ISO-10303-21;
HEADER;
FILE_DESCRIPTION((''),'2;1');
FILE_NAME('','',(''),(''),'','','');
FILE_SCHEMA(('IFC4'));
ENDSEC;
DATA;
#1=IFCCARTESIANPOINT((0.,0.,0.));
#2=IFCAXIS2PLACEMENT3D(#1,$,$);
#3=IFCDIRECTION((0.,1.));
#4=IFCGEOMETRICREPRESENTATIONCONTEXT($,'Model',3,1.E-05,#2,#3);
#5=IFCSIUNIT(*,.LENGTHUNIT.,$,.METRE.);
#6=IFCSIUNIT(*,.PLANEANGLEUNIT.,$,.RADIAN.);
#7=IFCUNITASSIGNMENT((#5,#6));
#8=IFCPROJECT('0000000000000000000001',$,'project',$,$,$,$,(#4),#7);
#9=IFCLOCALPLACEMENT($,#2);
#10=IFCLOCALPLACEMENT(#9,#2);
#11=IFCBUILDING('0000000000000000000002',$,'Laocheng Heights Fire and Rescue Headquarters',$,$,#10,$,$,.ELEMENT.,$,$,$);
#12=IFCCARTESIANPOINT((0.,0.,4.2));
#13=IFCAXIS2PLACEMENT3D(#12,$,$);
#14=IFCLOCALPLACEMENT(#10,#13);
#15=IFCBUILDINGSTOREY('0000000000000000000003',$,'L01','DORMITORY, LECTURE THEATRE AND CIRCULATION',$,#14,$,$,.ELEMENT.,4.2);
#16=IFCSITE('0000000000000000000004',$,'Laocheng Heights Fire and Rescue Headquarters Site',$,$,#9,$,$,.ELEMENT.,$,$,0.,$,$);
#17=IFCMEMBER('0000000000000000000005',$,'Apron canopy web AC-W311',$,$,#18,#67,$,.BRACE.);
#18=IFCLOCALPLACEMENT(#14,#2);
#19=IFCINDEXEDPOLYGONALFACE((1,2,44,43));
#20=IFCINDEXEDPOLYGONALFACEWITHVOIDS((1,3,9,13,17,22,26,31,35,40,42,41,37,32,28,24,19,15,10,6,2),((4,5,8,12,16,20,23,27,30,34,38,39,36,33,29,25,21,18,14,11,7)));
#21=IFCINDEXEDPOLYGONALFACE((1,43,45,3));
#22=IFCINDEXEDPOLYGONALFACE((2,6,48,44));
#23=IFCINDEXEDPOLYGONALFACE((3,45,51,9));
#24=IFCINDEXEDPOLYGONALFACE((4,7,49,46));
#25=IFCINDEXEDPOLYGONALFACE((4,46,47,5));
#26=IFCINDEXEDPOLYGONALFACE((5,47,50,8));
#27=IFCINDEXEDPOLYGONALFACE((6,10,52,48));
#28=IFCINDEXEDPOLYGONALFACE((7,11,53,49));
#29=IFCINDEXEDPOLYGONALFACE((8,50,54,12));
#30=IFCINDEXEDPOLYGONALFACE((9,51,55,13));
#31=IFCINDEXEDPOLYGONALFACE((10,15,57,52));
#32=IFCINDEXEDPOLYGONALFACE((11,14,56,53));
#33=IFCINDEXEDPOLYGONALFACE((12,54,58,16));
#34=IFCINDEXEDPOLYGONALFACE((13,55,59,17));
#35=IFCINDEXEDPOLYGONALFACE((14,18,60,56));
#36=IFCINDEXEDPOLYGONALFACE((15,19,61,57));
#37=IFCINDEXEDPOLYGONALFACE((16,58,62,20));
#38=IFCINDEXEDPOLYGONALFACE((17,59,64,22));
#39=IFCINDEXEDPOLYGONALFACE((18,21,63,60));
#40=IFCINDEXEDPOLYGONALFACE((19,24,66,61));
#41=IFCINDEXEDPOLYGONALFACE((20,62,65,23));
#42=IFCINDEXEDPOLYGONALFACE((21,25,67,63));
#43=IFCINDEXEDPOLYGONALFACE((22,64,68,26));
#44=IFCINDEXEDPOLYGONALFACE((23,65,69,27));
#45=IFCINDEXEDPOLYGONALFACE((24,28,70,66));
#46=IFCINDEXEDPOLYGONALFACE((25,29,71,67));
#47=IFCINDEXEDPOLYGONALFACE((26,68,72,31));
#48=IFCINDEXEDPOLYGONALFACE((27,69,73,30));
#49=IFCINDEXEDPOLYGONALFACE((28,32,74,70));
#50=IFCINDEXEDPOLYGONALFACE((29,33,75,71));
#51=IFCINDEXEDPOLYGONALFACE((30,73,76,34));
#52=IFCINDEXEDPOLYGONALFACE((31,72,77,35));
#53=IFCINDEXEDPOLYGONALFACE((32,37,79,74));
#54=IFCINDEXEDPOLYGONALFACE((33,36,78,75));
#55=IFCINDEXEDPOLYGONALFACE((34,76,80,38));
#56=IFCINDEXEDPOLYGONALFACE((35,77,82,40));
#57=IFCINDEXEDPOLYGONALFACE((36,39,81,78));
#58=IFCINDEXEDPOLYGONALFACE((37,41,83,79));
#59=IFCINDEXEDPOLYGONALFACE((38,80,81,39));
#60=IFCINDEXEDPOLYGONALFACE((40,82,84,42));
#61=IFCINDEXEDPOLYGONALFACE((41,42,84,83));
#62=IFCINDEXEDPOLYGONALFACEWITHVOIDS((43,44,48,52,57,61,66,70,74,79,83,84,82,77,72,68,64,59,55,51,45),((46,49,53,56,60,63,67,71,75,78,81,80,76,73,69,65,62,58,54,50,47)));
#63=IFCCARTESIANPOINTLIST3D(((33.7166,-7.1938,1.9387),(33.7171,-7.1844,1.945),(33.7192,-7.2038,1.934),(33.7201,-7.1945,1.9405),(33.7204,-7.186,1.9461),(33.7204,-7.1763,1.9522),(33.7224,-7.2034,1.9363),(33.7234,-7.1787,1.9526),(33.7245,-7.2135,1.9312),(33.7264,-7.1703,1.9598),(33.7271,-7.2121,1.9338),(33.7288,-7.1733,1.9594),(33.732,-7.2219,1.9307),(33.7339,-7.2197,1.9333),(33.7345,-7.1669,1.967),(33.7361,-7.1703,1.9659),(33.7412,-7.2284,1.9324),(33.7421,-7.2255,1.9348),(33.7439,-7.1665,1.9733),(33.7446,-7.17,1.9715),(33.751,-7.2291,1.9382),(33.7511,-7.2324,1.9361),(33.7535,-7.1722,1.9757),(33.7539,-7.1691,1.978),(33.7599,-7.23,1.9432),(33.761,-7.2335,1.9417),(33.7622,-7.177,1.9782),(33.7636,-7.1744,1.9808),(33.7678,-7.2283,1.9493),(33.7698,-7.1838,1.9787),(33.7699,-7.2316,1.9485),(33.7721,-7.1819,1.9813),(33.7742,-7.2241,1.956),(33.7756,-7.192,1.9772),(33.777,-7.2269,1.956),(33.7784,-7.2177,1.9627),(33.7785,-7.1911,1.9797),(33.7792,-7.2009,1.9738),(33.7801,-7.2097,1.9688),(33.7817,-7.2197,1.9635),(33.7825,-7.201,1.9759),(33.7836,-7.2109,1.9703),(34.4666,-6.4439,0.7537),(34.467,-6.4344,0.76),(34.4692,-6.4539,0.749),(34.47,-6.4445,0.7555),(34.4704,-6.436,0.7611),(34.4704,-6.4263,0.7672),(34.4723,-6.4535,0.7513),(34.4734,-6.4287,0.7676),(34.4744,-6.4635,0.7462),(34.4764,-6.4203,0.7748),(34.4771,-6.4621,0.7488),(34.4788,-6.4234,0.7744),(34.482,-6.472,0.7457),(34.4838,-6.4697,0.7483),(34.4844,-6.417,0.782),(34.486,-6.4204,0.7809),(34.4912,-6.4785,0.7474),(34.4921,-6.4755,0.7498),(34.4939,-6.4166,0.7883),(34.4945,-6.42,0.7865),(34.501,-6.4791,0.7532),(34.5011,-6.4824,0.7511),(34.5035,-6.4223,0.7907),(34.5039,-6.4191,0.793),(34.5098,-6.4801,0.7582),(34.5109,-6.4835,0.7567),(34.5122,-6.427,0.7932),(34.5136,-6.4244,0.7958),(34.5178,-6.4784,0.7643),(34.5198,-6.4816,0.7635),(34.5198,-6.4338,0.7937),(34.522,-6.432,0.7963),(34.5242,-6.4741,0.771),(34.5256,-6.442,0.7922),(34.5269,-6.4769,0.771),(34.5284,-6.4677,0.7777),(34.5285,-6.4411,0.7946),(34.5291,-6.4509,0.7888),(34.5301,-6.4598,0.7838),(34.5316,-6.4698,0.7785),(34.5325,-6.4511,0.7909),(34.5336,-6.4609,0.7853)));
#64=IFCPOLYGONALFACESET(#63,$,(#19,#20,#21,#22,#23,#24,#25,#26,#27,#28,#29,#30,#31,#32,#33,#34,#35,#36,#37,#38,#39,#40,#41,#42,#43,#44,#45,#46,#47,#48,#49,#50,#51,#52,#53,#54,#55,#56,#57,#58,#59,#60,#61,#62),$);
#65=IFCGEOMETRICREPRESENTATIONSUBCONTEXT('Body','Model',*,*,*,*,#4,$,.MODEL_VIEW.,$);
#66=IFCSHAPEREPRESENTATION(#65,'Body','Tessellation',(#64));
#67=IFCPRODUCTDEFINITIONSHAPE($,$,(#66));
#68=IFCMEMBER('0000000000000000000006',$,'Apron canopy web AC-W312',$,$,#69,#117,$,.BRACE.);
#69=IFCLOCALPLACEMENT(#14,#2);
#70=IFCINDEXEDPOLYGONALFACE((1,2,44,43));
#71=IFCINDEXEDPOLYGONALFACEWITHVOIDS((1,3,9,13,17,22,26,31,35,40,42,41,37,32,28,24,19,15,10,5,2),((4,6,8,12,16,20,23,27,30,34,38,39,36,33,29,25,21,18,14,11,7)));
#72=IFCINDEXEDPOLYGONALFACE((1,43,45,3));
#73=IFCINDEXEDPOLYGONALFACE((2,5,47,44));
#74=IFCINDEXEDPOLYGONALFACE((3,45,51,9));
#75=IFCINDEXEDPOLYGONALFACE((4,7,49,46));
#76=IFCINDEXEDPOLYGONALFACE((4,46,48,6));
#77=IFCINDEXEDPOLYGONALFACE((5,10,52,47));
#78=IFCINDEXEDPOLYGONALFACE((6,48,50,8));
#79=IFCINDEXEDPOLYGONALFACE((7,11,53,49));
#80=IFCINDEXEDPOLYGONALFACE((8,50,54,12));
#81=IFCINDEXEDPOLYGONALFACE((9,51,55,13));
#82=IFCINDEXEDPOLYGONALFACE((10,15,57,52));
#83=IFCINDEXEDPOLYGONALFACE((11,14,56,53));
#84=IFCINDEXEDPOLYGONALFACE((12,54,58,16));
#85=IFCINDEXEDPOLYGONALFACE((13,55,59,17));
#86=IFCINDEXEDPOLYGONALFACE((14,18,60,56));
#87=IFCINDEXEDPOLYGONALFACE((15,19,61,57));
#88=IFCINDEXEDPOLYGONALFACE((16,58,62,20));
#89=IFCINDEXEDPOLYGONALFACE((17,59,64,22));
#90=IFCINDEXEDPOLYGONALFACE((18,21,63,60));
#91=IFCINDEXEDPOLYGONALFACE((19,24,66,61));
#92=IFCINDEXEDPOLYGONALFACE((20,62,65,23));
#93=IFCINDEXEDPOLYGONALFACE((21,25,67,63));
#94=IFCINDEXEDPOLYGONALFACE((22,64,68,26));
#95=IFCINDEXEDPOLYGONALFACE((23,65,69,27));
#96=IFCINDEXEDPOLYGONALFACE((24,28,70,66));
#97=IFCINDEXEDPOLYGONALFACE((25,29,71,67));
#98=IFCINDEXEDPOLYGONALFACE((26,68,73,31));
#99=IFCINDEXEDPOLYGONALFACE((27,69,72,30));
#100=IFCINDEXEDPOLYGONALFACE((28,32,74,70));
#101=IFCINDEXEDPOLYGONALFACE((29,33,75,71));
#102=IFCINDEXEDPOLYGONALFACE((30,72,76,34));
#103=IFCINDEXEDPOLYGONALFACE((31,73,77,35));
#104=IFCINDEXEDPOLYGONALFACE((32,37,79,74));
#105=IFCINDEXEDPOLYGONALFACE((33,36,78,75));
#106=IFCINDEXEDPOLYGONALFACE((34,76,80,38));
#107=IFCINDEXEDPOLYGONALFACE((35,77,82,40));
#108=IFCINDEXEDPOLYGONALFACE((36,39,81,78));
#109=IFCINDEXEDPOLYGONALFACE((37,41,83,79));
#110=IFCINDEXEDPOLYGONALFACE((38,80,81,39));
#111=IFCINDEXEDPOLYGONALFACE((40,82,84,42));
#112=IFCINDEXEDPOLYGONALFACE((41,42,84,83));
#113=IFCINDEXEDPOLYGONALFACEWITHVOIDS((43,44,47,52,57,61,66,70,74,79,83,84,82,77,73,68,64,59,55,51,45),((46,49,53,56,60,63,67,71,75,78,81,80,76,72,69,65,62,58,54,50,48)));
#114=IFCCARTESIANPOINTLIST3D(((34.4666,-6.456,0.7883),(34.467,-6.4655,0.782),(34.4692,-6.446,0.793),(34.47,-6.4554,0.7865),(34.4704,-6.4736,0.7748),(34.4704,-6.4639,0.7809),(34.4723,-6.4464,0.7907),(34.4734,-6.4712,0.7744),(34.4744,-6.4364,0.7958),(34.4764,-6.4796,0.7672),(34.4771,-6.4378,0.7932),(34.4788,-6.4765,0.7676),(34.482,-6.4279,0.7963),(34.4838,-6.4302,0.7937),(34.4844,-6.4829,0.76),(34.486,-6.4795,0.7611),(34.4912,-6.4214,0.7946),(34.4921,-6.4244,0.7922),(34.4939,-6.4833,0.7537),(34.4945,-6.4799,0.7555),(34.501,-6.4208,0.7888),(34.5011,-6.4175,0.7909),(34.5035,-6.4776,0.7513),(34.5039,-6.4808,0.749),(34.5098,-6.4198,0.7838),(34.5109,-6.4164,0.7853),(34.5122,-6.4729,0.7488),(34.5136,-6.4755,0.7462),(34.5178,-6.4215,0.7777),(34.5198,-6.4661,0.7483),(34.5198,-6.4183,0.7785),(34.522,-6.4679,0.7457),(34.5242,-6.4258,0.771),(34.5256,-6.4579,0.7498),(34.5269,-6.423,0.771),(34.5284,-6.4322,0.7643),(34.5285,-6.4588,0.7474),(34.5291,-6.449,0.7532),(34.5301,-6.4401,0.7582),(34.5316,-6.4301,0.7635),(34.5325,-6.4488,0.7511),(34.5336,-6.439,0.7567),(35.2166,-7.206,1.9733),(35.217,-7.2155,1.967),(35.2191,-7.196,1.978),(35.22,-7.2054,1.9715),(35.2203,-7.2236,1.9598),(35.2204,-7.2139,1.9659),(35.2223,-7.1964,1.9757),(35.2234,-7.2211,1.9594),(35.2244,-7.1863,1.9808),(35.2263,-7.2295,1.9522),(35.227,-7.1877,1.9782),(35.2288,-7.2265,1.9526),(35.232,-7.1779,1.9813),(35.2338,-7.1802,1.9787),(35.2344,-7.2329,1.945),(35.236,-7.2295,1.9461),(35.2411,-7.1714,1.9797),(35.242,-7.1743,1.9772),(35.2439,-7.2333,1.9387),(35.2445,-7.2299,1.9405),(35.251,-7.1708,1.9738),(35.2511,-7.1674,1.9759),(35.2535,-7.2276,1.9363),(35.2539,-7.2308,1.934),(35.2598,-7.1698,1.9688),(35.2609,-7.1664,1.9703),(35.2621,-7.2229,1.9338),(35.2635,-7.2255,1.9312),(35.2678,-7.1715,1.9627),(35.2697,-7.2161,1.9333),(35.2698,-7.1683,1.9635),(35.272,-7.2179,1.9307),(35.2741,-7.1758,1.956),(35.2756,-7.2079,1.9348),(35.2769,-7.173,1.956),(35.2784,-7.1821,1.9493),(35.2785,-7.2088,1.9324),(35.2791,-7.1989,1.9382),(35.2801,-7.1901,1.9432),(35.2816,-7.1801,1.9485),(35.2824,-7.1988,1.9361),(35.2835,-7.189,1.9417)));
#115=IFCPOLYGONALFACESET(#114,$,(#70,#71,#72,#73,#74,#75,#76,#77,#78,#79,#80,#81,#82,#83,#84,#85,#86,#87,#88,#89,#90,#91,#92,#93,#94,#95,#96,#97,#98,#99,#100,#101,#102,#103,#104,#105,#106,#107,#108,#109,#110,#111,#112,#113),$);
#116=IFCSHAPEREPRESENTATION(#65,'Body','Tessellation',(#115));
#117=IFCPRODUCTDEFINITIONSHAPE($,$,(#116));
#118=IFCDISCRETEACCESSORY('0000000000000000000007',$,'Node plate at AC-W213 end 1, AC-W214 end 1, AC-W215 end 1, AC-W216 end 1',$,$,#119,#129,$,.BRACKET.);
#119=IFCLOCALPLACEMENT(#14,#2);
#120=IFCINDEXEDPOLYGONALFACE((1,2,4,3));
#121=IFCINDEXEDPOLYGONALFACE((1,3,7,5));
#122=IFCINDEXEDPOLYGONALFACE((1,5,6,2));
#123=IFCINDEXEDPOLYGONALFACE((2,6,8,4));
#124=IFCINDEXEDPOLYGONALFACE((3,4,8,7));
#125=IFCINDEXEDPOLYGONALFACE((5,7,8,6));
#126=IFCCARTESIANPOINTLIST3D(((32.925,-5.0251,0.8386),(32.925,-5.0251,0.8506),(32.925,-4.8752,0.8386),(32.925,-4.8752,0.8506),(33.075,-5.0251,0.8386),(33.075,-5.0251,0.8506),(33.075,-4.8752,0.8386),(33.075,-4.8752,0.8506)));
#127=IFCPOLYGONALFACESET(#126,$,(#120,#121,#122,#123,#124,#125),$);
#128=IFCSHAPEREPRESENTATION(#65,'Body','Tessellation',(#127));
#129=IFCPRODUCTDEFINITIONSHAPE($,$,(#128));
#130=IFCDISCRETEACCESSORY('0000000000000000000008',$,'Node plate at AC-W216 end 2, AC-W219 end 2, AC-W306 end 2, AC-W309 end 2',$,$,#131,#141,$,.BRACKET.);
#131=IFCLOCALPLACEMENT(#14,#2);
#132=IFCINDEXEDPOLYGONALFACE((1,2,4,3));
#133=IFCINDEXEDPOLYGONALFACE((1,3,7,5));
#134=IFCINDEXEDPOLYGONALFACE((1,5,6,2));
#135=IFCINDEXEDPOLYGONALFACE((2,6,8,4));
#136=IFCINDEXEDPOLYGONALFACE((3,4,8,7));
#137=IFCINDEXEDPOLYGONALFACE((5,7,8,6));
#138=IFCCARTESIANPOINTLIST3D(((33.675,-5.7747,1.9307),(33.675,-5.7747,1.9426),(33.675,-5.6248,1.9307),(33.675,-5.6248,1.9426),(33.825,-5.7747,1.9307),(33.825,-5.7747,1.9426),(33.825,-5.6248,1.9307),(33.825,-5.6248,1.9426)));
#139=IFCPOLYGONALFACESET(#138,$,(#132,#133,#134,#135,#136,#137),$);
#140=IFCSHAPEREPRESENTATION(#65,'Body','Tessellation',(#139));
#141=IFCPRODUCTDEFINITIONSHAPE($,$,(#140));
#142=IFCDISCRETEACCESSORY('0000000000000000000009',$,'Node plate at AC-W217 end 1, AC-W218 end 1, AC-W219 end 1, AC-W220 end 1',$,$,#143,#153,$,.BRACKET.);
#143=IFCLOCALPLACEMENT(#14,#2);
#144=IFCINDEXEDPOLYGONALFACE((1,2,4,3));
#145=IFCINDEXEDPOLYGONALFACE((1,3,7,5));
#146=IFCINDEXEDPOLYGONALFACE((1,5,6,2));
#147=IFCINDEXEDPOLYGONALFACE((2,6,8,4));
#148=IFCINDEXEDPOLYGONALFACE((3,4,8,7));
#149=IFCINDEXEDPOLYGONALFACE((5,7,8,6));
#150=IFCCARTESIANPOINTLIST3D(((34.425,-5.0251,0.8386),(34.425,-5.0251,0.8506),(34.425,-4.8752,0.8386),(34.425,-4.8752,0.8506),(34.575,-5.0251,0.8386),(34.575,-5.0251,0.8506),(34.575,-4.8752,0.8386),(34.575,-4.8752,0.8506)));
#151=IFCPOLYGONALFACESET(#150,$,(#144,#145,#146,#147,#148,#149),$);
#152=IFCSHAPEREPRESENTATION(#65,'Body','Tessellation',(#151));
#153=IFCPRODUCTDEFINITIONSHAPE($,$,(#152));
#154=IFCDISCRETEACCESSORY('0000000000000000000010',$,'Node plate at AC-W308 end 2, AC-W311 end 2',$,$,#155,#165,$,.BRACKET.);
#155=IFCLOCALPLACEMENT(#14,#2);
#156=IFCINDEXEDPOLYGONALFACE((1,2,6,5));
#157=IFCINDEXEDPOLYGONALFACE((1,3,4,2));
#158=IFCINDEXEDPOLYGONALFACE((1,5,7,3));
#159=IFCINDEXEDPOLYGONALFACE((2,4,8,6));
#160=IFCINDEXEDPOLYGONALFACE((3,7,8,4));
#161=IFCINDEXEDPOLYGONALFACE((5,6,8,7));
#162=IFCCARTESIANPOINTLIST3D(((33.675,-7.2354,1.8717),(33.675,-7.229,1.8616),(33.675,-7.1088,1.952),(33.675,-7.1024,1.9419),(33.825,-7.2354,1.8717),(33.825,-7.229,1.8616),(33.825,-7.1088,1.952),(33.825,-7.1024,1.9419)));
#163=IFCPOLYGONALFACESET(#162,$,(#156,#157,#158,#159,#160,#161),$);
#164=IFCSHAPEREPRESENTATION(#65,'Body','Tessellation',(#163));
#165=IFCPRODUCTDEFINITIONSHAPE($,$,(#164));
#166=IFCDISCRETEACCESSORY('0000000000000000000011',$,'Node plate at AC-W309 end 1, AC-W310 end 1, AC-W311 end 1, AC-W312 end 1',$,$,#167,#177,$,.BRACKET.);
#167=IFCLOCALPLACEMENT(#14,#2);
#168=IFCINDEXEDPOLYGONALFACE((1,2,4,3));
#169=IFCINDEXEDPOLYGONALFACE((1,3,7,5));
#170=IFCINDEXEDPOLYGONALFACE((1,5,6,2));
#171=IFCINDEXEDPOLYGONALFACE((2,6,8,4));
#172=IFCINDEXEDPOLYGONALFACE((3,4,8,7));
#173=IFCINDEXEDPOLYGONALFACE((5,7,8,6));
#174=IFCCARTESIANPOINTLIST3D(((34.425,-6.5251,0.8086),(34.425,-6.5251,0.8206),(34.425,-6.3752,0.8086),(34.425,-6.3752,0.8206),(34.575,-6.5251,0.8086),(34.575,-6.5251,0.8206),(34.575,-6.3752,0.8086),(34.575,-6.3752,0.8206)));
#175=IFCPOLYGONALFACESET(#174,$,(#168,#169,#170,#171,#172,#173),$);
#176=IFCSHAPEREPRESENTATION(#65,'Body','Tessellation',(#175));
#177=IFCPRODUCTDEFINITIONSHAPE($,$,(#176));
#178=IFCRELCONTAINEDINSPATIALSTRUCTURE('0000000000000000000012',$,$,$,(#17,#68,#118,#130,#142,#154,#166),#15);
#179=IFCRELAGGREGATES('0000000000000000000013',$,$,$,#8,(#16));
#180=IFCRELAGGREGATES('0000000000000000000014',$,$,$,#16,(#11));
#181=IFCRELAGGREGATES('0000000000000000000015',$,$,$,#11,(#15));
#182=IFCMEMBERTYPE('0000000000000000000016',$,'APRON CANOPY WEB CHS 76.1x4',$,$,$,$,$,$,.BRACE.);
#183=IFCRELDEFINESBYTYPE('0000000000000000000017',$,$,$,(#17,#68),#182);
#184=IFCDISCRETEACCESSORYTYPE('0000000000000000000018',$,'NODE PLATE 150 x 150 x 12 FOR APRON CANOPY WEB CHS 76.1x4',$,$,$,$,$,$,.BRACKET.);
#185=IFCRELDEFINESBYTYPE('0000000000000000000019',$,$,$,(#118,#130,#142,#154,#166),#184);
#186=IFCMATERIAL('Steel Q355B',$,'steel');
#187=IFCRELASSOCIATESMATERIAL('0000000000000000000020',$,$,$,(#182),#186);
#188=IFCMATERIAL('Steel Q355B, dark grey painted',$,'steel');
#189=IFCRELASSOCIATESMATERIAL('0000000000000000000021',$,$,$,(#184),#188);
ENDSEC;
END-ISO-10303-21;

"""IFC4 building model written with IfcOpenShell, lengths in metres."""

from ifc_helpers import new_model, si_unit, direction, frame, origin, origin_2d, place, context, subcontext, project, spatial, rectangle, hollow_circle, extrude, material, material_profile, profile_set, type_object, element, save


model = new_model("IFC4")

# Units and contexts
model_context = context("Model", 3, precision=1e-05, world=origin(), true_north=direction((0.0, 1.0)))
body_context = subcontext(model_context, "Body", "Model", "MODEL_VIEW")
ifc_project = project(units=[si_unit("LENGTHUNIT", "METRE"), si_unit("PLANEANGLEUNIT", "RADIAN")], contexts=[model_context])

# Site, building, storey
site_placement = place(None, origin())
site = spatial("IfcSite", under=ifc_project, at=site_placement, Name="Laocheng Heights Fire and Rescue Headquarters Site", CompositionType="ELEMENT", RefElevation=0.0)
building_placement = place(site_placement, origin())
building = spatial("IfcBuilding", under=site, at=building_placement, Name="Laocheng Heights Fire and Rescue Headquarters", CompositionType="ELEMENT")
storey_placement = place(building_placement, frame((0.0, 0.0, 4.2)))
storey = spatial("IfcBuildingStorey", under=building, at=storey_placement, Name="L01", Description="DORMITORY, LECTURE THEATRE AND CIRCULATION", CompositionType="ELEMENT", Elevation=4.2)

# Members
ifc_material_1 = material(Name="Steel Q355B", Category="steel")
ifc_material_profile_1 = material_profile(ifc_material_1, hollow_circle(Radius=0.0381, WallThickness=0.0039, at=origin_2d()), Name="CHS 76.1x4")
ifc_profile_set_1 = profile_set([ifc_material_profile_1], Name="Steel Q355B")
member_type_1 = type_object("IfcMemberType", Name="APRON CANOPY WEB CHS 76.1x4", PredefinedType="BRACE", material=ifc_profile_set_1)
for number, where, z_axis, x_axis, name in (
    (1, (34.5, -6.45, 0.771), (-0.47158, -0.47158, 0.745134), (0.707107, -0.707107, 0.0), "Apron canopy web AC-W311"),
    (2, (34.5, -6.45, 0.771), (0.47158, -0.47158, 0.745134), (0.707107, 0.707107, 0.0), "Apron canopy web AC-W312"),
):
    element("IfcMember", number, at=place(storey_placement, frame(where, z_axis=z_axis, x_axis=x_axis)), inside=storey, type_object=member_type_1, Name=name, PredefinedType="BRACE", context=body_context, shape_type="SweptSolid", body=[
        extrude(hollow_circle(Radius=0.0381, WallThickness=0.0039, at=origin_2d()), origin(), (0.0, 0.0, 1.0), 1.5903),
    ])

# Discrete accessories
ifc_material_2 = material(Name="Steel Q355B, dark grey painted", Category="steel")
ifc_material_profile_2 = material_profile(ifc_material_2, rectangle(XDim=0.1499, YDim=0.1499, at=origin_2d()), Name="NODE PLATE 150 x 150 x 12 FOR APRON CANOPY WEB CHS 76.1x4")
ifc_profile_set_2 = profile_set([ifc_material_profile_2], Name="Steel Q355B, dark grey painted")
discrete_accessory_type = type_object("IfcDiscreteAccessoryType", Name="NODE PLATE 150 x 150 x 12 FOR APRON CANOPY WEB CHS 76.1x4", PredefinedType="BRACKET", material=ifc_profile_set_2)
for number, where, z_axis, x_axis, name in (
    (3, (33.0, -4.9502, 0.8386), (0.0, 0.0, 1.0), (1.0, 0.0, 0.0), "Node plate at AC-W213 end 1, AC-W214 end 1, AC-W215 end 1, AC-W216 end 1"),
    (4, (33.75, -5.6997, 1.9426), (0.0, 0.0, -1.0), (1.0, 0.0, 0.0), "Node plate at AC-W216 end 2, AC-W219 end 2, AC-W306 end 2, AC-W309 end 2"),
    (5, (34.5, -4.9502, 0.8386), (0.0, 0.0, 1.0), (1.0, 0.0, 0.0), "Node plate at AC-W217 end 1, AC-W218 end 1, AC-W219 end 1, AC-W220 end 1"),
    (6, (33.75, -7.1721, 1.9119), (0.0, 0.535542, -0.844509), (-1.0, 0.0, 0.0), "Node plate at AC-W308 end 2, AC-W311 end 2"),
    (7, (34.5, -6.4502, 0.8086), (0.0, 0.0, 1.0), (1.0, 0.0, 0.0), "Node plate at AC-W309 end 1, AC-W310 end 1, AC-W311 end 1, AC-W312 end 1"),
):
    element("IfcDiscreteAccessory", number, at=place(storey_placement, frame(where, z_axis=z_axis, x_axis=x_axis)), inside=storey, type_object=discrete_accessory_type, Name=name, PredefinedType="BRACKET", context=body_context, shape_type="SweptSolid", body=[
        extrude(rectangle(XDim=0.1499, YDim=0.1499, at=origin_2d()), origin(), (0.0, 0.0, 1.0), 0.012),
    ])

save(model, "model.ifc")
